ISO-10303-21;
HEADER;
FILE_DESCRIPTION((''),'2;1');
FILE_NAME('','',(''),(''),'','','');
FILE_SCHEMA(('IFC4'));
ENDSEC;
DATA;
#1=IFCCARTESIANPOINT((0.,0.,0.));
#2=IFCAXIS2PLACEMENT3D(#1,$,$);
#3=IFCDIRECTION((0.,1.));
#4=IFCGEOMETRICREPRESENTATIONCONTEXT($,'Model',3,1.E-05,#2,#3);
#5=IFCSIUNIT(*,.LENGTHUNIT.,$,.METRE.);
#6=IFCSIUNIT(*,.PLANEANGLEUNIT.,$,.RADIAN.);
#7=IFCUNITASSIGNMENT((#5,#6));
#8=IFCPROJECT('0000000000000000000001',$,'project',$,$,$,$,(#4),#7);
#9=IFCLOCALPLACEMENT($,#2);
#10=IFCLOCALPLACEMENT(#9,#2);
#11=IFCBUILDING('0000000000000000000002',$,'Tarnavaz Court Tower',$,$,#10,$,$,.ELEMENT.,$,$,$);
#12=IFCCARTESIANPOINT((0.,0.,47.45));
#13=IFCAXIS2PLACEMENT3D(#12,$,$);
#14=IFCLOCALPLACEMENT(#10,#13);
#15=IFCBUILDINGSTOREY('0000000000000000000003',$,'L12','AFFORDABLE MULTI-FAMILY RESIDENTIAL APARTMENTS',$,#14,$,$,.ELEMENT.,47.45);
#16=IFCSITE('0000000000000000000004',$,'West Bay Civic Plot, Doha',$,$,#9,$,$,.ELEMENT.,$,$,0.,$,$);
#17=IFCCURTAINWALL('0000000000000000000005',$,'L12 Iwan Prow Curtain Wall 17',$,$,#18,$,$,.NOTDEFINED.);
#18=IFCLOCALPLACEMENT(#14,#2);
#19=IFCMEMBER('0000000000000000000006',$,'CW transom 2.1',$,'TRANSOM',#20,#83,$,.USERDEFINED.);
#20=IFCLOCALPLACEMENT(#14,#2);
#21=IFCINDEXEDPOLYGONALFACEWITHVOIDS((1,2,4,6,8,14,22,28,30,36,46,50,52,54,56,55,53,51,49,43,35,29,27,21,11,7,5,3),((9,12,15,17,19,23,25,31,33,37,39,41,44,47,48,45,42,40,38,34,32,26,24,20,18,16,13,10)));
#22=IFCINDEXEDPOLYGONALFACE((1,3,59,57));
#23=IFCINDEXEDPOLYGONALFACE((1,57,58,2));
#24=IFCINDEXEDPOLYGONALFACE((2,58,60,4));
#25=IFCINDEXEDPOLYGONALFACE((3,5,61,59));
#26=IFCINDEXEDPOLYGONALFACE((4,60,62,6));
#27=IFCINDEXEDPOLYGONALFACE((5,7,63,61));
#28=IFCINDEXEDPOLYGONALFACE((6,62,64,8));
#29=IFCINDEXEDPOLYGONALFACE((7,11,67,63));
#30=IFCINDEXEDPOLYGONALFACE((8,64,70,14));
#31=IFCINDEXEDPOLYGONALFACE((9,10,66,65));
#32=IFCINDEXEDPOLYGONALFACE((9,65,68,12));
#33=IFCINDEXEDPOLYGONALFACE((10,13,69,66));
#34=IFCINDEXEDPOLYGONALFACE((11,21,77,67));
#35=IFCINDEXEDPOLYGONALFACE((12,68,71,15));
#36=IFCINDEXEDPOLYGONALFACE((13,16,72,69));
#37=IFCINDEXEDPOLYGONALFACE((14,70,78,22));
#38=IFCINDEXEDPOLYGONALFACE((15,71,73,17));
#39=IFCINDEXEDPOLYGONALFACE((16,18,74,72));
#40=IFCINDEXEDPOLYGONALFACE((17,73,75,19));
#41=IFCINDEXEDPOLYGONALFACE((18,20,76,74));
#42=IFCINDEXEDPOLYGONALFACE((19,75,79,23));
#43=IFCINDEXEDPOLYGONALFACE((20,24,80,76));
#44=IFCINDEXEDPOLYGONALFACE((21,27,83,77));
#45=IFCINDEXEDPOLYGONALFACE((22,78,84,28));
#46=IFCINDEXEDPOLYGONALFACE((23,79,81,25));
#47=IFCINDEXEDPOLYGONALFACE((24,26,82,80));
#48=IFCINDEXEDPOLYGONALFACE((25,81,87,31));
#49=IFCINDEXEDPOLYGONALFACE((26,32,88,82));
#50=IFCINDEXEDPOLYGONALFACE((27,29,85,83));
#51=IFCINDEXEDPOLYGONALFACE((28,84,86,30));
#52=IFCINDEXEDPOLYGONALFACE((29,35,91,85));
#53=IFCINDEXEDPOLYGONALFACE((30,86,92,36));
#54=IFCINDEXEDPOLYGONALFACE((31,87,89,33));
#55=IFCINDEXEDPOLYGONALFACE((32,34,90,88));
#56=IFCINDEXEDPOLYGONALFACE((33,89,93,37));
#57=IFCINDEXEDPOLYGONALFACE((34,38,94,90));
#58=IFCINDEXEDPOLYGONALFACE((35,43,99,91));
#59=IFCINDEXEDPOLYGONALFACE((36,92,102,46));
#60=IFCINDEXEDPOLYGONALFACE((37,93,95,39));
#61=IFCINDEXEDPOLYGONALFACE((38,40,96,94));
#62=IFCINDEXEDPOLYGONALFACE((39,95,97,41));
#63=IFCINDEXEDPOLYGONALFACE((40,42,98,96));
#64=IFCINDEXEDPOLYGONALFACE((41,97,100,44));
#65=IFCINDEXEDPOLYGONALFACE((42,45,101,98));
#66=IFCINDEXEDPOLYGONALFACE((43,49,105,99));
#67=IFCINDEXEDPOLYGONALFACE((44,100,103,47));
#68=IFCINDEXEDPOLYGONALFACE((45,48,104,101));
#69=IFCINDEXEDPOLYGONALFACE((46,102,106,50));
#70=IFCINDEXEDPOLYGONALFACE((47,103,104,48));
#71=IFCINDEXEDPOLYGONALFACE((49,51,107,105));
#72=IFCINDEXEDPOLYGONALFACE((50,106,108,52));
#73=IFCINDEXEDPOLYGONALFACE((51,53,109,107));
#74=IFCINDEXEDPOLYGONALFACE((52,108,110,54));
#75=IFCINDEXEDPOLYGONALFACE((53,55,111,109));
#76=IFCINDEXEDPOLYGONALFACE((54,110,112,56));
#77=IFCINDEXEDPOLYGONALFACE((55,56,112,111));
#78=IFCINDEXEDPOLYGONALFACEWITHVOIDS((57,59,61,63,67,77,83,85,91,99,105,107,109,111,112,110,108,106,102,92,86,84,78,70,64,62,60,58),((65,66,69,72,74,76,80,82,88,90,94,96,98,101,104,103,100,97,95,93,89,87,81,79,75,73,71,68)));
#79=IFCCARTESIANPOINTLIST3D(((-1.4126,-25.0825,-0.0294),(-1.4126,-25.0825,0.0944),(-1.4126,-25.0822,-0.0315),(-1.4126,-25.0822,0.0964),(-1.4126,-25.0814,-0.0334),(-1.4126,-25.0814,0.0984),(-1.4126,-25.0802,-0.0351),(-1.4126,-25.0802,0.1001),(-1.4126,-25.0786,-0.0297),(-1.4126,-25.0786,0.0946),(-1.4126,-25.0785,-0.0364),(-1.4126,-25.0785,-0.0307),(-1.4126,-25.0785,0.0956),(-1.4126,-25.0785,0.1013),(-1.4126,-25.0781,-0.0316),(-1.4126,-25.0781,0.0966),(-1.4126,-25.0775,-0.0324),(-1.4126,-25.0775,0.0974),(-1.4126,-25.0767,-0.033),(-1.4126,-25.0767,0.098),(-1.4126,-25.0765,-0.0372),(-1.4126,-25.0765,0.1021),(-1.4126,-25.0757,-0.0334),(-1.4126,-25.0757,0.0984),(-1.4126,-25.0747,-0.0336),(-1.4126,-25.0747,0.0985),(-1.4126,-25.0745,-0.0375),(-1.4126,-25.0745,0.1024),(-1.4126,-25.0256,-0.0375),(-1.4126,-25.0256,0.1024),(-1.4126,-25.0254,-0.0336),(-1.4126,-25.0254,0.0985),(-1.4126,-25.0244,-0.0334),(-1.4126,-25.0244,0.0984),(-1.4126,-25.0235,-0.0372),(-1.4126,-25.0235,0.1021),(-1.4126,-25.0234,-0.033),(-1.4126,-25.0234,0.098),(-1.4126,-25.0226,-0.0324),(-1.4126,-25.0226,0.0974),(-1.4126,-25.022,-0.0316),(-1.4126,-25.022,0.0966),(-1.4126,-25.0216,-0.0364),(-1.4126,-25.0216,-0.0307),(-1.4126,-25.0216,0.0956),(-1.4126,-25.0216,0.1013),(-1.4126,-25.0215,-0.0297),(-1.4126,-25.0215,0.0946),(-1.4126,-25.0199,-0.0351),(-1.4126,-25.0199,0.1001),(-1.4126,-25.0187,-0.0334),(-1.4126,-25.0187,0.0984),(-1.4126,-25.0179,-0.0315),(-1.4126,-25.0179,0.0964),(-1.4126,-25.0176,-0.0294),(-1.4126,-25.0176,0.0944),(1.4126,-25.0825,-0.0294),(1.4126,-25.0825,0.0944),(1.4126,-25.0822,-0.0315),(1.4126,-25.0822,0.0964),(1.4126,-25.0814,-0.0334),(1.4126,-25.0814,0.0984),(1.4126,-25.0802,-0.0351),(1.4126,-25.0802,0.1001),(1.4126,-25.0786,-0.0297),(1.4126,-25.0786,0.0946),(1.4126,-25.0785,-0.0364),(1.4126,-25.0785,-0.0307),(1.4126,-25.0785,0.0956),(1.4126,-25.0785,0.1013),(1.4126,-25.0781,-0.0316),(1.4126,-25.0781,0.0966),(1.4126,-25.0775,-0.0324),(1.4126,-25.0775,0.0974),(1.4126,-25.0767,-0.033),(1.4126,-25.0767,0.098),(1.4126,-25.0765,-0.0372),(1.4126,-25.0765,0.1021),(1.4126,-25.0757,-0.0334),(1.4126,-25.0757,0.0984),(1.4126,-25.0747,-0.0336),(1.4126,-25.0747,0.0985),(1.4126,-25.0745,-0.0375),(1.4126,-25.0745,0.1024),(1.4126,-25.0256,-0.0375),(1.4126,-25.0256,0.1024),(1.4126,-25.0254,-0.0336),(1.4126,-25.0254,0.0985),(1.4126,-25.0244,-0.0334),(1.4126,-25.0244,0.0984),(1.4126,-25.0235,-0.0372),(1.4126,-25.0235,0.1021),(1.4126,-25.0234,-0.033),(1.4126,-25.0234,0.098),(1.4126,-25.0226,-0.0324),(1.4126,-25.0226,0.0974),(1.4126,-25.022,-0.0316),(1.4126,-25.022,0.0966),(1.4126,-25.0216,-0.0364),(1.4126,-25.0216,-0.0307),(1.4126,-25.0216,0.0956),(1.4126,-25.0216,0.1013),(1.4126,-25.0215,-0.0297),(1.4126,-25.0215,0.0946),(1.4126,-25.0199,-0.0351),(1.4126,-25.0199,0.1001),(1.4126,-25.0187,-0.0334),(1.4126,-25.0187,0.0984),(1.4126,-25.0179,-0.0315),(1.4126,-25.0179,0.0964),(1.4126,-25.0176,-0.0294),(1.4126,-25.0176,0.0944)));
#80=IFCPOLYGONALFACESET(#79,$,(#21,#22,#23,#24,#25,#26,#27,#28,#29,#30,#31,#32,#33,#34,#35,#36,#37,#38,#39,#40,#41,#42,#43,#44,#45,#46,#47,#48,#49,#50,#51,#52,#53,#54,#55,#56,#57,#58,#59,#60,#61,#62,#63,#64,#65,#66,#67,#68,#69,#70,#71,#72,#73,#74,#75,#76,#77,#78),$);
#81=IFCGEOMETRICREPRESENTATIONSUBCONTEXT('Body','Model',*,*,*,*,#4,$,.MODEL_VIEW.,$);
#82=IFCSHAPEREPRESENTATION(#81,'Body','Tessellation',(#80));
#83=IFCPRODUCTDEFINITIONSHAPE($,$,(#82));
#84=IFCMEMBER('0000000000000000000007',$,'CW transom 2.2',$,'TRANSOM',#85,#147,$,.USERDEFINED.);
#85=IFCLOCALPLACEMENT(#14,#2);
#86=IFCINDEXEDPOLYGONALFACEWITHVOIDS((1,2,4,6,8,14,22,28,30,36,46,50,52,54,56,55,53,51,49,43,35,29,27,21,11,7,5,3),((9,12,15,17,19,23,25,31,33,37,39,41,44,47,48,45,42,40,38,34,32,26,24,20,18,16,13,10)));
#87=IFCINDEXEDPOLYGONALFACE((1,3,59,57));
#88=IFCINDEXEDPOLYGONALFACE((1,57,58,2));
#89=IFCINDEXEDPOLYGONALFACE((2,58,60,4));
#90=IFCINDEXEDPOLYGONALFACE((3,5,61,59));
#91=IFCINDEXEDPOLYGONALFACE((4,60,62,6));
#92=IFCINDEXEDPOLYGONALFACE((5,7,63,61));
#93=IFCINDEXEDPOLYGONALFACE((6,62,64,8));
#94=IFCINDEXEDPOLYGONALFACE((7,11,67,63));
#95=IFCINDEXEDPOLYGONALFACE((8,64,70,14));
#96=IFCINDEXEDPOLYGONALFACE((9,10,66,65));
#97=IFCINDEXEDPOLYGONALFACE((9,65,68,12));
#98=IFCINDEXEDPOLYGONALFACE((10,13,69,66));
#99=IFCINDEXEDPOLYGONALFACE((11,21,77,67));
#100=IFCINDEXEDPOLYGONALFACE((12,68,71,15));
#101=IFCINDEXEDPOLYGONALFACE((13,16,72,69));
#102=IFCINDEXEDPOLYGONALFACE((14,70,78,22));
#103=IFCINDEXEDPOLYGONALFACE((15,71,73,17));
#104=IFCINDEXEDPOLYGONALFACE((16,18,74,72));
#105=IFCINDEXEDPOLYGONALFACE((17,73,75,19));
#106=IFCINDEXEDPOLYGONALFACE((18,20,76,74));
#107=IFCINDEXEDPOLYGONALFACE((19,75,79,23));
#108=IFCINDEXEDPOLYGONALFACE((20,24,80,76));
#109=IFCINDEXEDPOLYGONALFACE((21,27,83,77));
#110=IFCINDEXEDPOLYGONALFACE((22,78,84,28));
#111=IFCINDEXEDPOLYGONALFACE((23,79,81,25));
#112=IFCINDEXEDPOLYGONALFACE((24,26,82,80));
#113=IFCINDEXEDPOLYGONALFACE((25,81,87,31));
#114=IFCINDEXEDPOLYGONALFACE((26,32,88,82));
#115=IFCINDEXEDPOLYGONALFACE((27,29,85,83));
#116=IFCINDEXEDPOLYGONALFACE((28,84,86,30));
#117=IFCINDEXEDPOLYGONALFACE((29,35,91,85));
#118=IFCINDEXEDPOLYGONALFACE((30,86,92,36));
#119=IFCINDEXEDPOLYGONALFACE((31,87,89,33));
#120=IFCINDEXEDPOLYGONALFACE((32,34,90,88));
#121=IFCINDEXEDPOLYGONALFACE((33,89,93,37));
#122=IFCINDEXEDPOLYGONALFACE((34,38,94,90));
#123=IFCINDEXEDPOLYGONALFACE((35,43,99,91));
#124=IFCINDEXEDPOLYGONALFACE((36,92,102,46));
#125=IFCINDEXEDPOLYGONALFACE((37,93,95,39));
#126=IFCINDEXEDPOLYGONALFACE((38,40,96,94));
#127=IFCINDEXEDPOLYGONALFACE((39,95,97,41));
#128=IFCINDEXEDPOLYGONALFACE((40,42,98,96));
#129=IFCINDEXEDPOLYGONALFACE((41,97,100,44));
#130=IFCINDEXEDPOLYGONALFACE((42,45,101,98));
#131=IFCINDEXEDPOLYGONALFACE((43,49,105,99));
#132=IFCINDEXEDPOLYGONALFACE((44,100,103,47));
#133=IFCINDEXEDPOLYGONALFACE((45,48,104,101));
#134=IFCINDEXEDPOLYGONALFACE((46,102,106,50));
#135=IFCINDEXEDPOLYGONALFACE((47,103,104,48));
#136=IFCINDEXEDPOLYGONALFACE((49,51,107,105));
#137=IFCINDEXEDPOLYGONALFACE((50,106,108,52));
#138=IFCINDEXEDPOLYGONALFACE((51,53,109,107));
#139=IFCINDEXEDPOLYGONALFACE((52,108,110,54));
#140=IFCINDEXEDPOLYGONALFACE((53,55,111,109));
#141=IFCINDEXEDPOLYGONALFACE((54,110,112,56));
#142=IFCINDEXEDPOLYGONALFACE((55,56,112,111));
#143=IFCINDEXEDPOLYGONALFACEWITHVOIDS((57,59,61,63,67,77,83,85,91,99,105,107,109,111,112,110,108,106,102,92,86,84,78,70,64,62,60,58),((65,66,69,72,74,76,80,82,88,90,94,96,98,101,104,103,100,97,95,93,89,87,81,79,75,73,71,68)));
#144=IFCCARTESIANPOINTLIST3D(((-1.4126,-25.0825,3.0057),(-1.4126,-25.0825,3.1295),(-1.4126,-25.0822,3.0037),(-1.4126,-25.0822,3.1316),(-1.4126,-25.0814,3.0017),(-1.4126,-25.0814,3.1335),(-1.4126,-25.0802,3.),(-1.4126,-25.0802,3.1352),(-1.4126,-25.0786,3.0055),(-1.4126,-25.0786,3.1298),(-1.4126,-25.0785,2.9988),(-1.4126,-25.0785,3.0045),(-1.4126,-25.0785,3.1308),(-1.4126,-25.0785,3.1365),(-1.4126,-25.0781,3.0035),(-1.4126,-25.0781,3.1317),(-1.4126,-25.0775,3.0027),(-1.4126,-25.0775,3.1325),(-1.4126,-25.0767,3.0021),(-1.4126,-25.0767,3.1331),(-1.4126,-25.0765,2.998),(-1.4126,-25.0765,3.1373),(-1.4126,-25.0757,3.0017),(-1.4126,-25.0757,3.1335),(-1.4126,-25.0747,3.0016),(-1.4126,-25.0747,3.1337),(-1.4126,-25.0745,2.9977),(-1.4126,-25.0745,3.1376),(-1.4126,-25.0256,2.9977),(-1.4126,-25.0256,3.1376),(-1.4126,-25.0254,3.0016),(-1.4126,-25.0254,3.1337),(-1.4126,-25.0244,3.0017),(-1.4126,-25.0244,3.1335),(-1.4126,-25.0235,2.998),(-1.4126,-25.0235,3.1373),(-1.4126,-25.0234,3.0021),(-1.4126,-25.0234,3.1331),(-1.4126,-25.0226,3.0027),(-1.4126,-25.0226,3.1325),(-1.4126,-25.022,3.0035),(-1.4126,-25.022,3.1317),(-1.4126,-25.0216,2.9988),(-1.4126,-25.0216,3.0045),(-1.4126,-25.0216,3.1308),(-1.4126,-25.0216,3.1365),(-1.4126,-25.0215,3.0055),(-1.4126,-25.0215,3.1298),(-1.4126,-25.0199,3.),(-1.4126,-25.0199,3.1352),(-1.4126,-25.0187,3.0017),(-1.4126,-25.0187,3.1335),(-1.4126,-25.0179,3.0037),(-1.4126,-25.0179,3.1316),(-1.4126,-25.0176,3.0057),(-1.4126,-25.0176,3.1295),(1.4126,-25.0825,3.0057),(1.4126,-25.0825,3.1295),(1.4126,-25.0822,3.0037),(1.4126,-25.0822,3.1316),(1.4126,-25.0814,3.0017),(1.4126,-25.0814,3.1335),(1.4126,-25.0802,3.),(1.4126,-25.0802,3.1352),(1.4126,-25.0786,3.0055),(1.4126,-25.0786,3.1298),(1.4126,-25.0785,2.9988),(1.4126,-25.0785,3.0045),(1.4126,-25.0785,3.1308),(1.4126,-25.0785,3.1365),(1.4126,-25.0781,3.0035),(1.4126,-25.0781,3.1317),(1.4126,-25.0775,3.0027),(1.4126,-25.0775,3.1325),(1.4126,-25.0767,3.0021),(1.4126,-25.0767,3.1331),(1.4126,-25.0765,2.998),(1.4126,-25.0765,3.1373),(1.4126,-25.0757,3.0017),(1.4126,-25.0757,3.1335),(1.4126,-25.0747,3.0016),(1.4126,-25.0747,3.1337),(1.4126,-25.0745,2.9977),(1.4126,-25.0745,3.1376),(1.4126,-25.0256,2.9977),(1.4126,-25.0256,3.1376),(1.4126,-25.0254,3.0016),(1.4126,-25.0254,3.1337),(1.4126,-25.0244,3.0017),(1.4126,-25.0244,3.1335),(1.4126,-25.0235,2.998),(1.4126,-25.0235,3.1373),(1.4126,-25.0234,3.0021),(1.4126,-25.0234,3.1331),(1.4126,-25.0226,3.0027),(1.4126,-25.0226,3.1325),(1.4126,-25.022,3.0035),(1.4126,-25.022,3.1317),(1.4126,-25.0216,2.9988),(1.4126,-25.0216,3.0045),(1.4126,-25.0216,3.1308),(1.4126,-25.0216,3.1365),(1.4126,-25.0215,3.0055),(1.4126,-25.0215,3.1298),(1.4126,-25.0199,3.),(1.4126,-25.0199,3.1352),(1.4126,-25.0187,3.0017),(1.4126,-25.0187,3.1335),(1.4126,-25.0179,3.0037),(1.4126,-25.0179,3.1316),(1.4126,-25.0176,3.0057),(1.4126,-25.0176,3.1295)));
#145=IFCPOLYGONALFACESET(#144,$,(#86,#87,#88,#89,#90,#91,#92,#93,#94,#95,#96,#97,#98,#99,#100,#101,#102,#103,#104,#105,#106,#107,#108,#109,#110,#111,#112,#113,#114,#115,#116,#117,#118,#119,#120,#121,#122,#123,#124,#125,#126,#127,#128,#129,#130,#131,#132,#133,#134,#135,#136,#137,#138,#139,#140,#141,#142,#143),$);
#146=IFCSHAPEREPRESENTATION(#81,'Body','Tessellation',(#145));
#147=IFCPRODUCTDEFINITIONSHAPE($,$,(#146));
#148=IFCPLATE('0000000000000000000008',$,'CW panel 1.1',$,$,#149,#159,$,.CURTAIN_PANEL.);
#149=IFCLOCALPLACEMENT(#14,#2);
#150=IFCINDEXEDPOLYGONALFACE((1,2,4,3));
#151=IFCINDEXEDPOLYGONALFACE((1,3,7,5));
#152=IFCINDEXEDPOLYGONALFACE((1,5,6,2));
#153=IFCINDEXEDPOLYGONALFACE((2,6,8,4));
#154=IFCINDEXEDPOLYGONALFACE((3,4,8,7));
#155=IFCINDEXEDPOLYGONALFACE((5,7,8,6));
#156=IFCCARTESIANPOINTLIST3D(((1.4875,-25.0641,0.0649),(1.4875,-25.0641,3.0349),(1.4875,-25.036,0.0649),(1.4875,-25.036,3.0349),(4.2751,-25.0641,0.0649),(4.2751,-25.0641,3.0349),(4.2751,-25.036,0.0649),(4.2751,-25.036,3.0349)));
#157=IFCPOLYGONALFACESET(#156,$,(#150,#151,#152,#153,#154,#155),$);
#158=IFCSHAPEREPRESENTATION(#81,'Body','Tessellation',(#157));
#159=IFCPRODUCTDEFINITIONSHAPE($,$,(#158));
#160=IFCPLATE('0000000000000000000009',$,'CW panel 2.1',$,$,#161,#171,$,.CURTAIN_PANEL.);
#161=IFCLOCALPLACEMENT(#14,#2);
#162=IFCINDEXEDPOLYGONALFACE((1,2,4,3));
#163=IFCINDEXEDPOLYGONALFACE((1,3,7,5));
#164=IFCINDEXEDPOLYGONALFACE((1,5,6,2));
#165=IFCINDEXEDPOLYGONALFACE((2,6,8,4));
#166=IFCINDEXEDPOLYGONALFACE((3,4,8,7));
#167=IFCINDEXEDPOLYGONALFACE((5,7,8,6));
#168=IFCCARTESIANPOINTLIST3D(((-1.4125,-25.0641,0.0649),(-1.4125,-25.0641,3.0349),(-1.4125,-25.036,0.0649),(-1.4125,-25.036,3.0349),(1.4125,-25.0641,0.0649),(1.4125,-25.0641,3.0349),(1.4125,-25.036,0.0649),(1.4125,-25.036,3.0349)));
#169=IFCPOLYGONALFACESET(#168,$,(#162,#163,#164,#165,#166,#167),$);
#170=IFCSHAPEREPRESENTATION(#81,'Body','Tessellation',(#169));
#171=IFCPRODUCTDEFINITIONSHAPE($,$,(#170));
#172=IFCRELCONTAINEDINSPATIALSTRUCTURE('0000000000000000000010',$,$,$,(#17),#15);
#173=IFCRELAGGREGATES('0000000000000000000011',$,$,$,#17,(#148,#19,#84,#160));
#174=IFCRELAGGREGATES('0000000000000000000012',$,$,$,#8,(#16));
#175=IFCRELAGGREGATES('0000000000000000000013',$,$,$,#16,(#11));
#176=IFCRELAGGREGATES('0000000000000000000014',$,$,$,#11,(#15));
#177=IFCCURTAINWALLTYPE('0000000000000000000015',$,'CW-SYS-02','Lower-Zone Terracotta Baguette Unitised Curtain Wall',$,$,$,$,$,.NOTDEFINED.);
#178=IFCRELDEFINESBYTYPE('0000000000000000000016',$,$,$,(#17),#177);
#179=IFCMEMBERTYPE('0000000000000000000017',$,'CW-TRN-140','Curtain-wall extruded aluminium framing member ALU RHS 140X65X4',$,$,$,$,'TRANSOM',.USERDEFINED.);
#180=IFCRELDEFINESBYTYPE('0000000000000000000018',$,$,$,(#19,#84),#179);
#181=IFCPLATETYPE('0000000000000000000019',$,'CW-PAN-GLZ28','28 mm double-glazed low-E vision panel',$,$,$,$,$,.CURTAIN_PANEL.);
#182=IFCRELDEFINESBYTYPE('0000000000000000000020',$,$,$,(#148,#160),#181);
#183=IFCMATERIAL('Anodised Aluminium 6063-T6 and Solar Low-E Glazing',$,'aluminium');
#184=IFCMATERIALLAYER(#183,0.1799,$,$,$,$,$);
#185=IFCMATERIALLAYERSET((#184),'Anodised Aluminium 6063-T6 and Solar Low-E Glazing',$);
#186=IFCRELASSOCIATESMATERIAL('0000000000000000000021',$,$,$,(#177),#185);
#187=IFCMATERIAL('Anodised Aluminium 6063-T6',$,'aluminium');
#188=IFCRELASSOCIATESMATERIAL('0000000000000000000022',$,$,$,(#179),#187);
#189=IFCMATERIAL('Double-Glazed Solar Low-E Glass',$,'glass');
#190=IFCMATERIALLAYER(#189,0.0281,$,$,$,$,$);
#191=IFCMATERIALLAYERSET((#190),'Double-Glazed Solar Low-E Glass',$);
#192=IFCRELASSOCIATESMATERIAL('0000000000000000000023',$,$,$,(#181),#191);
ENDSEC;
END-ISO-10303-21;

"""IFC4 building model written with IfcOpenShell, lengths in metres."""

from ifc_helpers import new_model, si_unit, direction, frame, origin, origin_2d, place, context, subcontext, project, spatial, rectangle, hollow_rectangle, extrude, material, layer, layer_set, material_profile, profile_set, type_object, element, aggregate, save


model = new_model("IFC4")

# Units and contexts
model_context = context("Model", 3, precision=1e-05, world=origin(), true_north=direction((0.0, 1.0)))
body_context = subcontext(model_context, "Body", "Model", "MODEL_VIEW")
ifc_project = project(units=[si_unit("LENGTHUNIT", "METRE"), si_unit("PLANEANGLEUNIT", "RADIAN")], contexts=[model_context])

# Site, building, storey
site_placement = place(None, origin())
site = spatial("IfcSite", under=ifc_project, at=site_placement, Name="West Bay Civic Plot, Doha", CompositionType="ELEMENT", RefElevation=0.0)
building_placement = place(site_placement, origin())
building = spatial("IfcBuilding", under=site, at=building_placement, Name="Tarnavaz Court Tower", CompositionType="ELEMENT")
storey_placement = place(building_placement, frame((0.0, 0.0, 47.45)))
storey = spatial("IfcBuildingStorey", under=building, at=storey_placement, Name="L12", Description="AFFORDABLE MULTI-FAMILY RESIDENTIAL APARTMENTS", CompositionType="ELEMENT", Elevation=47.45)

# Curtain wall, members, plates
ifc_material_1 = material(Name="Anodised Aluminium 6063-T6 and Solar Low-E Glazing", Category="aluminium")
ifc_layer_1 = layer(ifc_material_1, 0.1799)
ifc_layer_set_1 = layer_set([ifc_layer_1], Name="Anodised Aluminium 6063-T6 and Solar Low-E Glazing")
curtain_wall_type = type_object("IfcCurtainWallType", Name="CW-SYS-02", Description="Lower-Zone Terracotta Baguette Unitised Curtain Wall", PredefinedType="NOTDEFINED", material=ifc_layer_set_1)
curtain_wall_placement = place(storey_placement, origin())
curtain_wall = element("IfcCurtainWall", 1, at=curtain_wall_placement, inside=storey, type_object=curtain_wall_type, Name="L12 Iwan Prow Curtain Wall 17", PredefinedType="NOTDEFINED")
ifc_material_2 = material(Name="Anodised Aluminium 6063-T6", Category="aluminium")
ifc_material_profile_1 = material_profile(ifc_material_2, hollow_rectangle(XDim=0.0649, YDim=0.1399, WallThickness=0.0039, InnerFilletRadius=0.0039, OuterFilletRadius=0.0081, at=origin_2d()), Name="ALU RHS 140X65X4")
ifc_profile_set_1 = profile_set([ifc_material_profile_1], Name="Anodised Aluminium 6063-T6")
member_type_1 = type_object("IfcMemberType", Name="CW-TRN-140", Description="Curtain-wall extruded aluminium framing member ALU RHS 140X65X4", ElementType="TRANSOM", PredefinedType="USERDEFINED", material=ifc_profile_set_1)
member_1_placement = place(storey_placement, frame((1.4126, -25.05, 0.0325), z_axis=(-1.0, 0.0, 0.0), x_axis=(0.0, -1.0, 0.0)))
member_1 = element("IfcMember", 2, at=member_1_placement, type_object=member_type_1, Name="CW transom 2.1", ObjectType="TRANSOM", PredefinedType="USERDEFINED", context=body_context, shape_type="SweptSolid", body=[
    extrude(hollow_rectangle(XDim=0.0649, YDim=0.1399, WallThickness=0.0039, InnerFilletRadius=0.0039, OuterFilletRadius=0.0081, at=origin_2d()), origin(), (0.0, 0.0, 1.0), 2.8252),
])
member_2_placement = place(storey_placement, frame((1.4126, -25.05, 3.0676), z_axis=(-1.0, 0.0, 0.0), x_axis=(0.0, -1.0, 0.0)))
member_2 = element("IfcMember", 3, at=member_2_placement, type_object=member_type_1, Name="CW transom 2.2", ObjectType="TRANSOM", PredefinedType="USERDEFINED", context=body_context, shape_type="SweptSolid", body=[
    extrude(hollow_rectangle(XDim=0.0649, YDim=0.1399, WallThickness=0.0039, InnerFilletRadius=0.0039, OuterFilletRadius=0.0081, at=origin_2d()), origin(), (0.0, 0.0, 1.0), 2.8252),
])
ifc_material_3 = material(Name="Double-Glazed Solar Low-E Glass", Category="glass")
ifc_layer_2 = layer(ifc_material_3, 0.0281)
ifc_layer_set_2 = layer_set([ifc_layer_2], Name="Double-Glazed Solar Low-E Glass")
plate_type = type_object("IfcPlateType", Name="CW-PAN-GLZ28", Description="28 mm double-glazed low-E vision panel", PredefinedType="CURTAIN_PANEL", material=ifc_layer_set_2)
plate_1_placement = place(storey_placement, frame((2.8813, -25.05, 0.0649), z_axis=(0.0, 0.0, 1.0), x_axis=(-1.0, 0.0, 0.0)))
plate_1 = element("IfcPlate", 4, at=plate_1_placement, type_object=plate_type, Name="CW panel 1.1", PredefinedType="CURTAIN_PANEL", context=body_context, shape_type="SweptSolid", body=[
    extrude(rectangle(XDim=2.7876, YDim=0.0281, at=origin_2d()), origin(), (0.0, 0.0, 1.0), 2.97),
])
plate_2_placement = place(storey_placement, frame((0.0, -25.05, 0.0649), z_axis=(0.0, 0.0, 1.0), x_axis=(-1.0, 0.0, 0.0)))
plate_2 = element("IfcPlate", 5, at=plate_2_placement, type_object=plate_type, Name="CW panel 2.1", PredefinedType="CURTAIN_PANEL", context=body_context, shape_type="SweptSolid", body=[
    extrude(rectangle(XDim=2.825, YDim=0.0281, at=origin_2d()), origin(), (0.0, 0.0, 1.0), 2.97),
])
aggregate(curtain_wall, [plate_1, member_1, member_2, plate_2])

save(model, "model.ifc")
